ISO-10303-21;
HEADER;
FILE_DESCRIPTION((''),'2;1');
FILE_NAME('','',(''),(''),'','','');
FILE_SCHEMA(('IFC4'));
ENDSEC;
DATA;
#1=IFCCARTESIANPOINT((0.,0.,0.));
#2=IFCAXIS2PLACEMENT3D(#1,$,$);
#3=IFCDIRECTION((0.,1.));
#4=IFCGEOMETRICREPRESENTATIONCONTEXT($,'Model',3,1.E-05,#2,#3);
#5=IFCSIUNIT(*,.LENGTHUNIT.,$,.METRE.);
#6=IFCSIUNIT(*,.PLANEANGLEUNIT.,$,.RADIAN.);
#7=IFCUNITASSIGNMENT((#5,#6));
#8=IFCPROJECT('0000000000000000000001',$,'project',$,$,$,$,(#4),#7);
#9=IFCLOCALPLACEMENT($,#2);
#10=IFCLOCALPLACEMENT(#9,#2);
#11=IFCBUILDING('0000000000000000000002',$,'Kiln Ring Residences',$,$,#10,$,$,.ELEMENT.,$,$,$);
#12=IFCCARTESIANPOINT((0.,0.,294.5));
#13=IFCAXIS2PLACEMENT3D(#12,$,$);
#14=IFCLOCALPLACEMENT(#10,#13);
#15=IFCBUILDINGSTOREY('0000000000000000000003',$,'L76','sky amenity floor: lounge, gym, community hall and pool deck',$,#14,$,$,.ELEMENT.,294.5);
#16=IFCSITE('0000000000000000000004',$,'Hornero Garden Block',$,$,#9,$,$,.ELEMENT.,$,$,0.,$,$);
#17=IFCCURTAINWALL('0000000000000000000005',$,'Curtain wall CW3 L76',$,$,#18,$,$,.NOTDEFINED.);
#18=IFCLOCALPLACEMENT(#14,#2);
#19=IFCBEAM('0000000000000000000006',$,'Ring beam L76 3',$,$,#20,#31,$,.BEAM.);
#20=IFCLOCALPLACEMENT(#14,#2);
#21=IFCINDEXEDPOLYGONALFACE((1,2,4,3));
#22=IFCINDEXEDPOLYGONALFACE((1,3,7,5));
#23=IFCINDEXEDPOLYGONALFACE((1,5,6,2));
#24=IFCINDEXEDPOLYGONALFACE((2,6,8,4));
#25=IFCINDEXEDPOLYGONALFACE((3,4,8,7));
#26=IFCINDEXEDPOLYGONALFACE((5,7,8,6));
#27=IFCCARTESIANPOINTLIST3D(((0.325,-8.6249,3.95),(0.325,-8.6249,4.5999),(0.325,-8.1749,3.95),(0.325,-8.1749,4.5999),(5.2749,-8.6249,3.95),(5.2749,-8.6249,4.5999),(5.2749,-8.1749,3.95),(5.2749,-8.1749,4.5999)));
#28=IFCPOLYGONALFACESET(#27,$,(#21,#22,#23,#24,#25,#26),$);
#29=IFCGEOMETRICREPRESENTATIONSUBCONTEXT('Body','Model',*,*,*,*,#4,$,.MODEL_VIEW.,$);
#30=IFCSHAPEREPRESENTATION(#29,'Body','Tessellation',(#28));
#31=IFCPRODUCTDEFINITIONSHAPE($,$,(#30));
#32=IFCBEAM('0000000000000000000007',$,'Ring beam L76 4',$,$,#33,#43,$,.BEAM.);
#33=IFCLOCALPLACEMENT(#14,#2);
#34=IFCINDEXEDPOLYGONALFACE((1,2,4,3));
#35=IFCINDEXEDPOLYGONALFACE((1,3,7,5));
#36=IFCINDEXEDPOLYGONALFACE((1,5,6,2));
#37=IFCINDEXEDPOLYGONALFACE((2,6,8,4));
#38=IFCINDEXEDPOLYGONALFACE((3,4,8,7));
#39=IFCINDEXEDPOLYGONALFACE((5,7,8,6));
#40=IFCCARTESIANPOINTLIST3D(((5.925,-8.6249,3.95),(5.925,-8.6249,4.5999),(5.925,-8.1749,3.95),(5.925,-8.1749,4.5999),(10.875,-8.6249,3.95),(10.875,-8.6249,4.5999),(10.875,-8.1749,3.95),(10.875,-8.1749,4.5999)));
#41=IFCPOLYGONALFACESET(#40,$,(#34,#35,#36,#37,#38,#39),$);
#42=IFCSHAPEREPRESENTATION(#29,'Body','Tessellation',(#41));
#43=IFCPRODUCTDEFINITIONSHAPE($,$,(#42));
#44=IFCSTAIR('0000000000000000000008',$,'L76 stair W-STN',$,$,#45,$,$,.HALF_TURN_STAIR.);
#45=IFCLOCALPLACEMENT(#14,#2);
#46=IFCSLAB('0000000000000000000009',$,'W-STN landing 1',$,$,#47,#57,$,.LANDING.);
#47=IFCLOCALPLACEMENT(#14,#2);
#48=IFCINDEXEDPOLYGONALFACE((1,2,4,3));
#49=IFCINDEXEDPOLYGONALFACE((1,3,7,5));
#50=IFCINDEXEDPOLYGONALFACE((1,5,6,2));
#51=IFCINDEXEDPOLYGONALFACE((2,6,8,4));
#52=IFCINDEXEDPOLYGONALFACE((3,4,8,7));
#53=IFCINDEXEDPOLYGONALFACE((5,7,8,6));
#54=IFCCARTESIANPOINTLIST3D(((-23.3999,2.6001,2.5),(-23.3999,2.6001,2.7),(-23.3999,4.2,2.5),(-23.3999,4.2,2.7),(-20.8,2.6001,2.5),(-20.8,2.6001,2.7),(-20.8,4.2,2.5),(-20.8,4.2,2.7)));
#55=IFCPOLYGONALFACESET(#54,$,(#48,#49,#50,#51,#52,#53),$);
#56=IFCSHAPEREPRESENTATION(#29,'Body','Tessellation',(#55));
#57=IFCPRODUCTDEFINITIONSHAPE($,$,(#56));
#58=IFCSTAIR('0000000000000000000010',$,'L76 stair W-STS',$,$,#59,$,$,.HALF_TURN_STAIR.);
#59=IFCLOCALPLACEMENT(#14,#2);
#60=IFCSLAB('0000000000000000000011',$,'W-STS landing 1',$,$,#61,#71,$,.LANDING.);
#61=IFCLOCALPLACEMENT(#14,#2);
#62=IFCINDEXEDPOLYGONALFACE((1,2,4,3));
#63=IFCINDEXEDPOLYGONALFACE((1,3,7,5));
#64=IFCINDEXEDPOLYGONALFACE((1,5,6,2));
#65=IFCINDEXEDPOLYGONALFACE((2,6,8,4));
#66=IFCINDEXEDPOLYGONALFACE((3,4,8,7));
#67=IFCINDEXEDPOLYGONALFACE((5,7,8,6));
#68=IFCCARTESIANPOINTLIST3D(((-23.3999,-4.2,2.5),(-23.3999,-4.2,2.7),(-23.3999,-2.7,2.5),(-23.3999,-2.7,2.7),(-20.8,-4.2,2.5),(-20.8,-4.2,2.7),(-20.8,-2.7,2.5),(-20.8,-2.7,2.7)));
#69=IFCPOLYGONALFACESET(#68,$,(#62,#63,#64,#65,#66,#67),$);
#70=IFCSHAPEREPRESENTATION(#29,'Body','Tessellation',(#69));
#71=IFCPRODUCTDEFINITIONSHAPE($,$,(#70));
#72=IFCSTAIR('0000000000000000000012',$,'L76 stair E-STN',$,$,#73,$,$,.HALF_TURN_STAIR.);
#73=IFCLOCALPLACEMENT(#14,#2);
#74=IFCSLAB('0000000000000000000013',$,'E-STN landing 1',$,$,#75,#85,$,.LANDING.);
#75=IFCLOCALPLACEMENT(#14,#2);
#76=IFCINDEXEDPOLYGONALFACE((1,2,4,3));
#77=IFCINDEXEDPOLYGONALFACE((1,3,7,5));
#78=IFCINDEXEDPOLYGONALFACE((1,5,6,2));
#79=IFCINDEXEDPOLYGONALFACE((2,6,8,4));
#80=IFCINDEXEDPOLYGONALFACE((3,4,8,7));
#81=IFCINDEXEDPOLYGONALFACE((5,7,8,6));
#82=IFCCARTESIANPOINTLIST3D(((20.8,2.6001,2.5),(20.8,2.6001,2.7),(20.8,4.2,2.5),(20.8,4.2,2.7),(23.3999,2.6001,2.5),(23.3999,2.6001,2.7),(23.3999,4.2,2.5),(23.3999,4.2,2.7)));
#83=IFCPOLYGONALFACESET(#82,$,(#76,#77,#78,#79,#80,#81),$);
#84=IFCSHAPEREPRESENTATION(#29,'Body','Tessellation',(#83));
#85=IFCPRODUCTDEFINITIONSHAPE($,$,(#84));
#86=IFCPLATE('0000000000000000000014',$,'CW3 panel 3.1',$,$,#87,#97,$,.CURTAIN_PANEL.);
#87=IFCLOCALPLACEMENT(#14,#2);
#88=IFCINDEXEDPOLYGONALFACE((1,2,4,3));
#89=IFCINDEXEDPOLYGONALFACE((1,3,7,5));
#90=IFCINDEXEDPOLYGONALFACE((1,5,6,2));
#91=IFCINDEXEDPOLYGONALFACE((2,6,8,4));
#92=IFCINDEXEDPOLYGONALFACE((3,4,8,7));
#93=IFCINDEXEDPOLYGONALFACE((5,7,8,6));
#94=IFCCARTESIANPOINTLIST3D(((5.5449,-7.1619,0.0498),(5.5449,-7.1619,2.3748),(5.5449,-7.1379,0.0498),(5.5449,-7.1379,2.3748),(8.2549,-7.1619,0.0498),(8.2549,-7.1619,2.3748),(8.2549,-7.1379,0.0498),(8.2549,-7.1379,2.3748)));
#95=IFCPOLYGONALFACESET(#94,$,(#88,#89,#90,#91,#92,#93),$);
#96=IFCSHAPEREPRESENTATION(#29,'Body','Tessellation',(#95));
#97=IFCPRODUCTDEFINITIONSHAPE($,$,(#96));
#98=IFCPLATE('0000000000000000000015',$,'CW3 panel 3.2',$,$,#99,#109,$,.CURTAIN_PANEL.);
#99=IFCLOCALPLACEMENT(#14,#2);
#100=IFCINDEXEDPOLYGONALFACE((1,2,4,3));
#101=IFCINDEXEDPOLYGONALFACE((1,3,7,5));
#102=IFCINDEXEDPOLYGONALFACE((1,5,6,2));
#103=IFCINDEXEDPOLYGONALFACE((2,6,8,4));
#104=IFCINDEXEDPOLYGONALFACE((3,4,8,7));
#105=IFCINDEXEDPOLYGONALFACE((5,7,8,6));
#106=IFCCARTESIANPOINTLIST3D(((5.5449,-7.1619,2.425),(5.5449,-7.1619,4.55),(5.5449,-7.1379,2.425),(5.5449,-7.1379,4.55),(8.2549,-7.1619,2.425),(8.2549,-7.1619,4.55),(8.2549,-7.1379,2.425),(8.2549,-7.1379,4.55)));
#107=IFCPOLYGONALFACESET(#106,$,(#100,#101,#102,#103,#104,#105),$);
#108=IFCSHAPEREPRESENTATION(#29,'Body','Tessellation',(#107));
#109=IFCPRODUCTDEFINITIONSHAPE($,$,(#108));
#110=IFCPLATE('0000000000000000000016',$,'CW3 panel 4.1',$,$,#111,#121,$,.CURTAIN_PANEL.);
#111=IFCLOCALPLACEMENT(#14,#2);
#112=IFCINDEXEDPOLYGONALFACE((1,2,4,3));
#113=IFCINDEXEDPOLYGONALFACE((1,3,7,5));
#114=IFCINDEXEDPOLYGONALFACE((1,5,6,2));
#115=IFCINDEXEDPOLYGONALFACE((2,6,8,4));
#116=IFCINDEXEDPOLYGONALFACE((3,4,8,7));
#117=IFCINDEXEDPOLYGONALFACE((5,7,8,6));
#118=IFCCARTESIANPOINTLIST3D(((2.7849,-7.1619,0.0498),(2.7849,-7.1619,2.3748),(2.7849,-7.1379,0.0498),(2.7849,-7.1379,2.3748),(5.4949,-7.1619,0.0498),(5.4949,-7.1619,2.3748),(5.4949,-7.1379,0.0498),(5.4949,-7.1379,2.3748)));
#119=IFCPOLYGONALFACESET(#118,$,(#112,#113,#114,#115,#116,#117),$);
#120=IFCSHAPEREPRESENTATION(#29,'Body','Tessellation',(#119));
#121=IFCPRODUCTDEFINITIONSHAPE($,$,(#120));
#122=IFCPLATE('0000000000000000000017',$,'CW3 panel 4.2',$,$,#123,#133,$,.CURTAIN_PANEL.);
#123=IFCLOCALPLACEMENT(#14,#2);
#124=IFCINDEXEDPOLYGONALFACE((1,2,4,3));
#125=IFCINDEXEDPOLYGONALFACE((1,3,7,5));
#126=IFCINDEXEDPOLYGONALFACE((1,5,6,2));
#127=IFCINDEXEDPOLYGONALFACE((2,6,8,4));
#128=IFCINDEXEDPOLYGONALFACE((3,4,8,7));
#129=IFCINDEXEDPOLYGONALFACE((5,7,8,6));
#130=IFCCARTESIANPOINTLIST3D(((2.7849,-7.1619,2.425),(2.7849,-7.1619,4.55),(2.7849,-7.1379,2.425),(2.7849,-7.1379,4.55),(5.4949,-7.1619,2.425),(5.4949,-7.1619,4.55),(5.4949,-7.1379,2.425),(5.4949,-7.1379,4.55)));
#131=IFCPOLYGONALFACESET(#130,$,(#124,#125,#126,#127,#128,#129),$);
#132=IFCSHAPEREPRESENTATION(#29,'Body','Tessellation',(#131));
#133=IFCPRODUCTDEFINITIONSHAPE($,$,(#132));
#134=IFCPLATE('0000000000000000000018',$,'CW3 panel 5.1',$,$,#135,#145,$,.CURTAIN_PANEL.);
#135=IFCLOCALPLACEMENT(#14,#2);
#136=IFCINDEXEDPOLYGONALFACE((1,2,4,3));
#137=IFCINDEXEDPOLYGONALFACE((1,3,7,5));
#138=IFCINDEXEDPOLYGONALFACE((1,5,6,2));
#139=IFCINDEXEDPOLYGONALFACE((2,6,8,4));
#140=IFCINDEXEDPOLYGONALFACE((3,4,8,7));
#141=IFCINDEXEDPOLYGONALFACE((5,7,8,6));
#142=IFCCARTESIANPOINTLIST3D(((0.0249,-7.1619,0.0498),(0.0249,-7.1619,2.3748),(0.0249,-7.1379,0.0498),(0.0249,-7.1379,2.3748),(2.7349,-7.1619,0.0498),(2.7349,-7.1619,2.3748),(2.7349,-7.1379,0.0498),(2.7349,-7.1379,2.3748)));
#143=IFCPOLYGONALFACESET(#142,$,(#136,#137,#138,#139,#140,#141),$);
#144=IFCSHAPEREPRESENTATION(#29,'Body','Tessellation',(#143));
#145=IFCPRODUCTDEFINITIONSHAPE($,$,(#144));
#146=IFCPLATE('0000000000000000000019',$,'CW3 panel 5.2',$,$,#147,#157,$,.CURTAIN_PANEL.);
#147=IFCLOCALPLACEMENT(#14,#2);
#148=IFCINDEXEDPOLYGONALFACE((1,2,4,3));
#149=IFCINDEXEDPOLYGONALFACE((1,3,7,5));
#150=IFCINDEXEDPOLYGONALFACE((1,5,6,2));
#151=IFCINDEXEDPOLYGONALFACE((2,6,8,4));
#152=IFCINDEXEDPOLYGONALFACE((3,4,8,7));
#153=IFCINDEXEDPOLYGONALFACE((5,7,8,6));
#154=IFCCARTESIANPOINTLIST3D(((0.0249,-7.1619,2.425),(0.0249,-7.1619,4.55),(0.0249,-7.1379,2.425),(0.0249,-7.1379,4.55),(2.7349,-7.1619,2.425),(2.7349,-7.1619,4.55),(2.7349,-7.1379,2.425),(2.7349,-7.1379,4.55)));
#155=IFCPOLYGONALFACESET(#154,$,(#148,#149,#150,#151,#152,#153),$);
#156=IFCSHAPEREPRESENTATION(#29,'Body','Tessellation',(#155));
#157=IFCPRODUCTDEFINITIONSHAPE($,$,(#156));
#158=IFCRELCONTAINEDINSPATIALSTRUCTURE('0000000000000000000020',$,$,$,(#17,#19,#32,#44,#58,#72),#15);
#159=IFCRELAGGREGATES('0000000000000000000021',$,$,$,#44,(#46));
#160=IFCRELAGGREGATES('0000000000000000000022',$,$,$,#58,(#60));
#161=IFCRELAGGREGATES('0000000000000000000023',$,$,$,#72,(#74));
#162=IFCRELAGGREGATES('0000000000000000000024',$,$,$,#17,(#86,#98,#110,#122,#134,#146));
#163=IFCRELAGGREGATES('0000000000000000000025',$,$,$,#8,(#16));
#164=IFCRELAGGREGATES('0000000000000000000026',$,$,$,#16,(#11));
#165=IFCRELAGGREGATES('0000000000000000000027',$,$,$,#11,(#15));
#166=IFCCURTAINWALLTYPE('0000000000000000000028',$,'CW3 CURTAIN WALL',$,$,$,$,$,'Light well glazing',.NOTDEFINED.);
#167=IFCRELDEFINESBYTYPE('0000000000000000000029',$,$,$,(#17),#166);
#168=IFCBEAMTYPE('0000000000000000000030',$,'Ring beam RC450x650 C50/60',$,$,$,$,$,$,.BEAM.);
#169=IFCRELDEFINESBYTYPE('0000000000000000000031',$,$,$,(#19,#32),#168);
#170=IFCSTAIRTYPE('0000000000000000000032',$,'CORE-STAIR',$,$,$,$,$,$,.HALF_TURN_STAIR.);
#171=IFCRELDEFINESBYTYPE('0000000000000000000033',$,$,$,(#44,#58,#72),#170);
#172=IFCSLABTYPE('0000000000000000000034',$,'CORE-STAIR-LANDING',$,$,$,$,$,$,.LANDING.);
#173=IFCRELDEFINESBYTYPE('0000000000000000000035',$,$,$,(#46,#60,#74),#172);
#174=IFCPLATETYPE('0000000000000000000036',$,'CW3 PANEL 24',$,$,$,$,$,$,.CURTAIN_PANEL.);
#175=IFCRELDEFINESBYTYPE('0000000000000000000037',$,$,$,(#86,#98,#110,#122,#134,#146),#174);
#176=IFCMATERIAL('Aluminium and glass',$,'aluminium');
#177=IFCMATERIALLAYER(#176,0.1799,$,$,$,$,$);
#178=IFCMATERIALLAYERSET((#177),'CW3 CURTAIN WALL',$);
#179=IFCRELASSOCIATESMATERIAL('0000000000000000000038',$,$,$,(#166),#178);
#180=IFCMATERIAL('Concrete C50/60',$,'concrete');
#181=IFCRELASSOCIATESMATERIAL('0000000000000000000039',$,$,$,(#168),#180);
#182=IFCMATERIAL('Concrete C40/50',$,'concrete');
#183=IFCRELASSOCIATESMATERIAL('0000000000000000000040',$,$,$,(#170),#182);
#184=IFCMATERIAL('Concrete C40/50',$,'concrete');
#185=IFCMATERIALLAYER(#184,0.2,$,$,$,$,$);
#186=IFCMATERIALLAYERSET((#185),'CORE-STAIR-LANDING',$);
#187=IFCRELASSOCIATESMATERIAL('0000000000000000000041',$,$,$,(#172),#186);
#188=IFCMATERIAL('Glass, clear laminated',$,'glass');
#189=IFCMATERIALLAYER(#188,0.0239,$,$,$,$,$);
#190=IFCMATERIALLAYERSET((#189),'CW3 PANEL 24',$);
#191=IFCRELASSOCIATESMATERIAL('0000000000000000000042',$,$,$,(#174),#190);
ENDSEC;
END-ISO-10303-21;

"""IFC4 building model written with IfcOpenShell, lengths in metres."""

from ifc_helpers import new_model, si_unit, direction, frame, origin, origin_2d, place, context, subcontext, project, spatial, polyline, rectangle, outline, extrude, material, layer, layer_set, material_profile, profile_set, type_object, element, aggregate, save


model = new_model("IFC4")

# Units and contexts
model_context = context("Model", 3, precision=1e-05, world=origin(), true_north=direction((0.0, 1.0)))
body_context = subcontext(model_context, "Body", "Model", "MODEL_VIEW")
ifc_project = project(units=[si_unit("LENGTHUNIT", "METRE"), si_unit("PLANEANGLEUNIT", "RADIAN")], contexts=[model_context])

# Site, building, storey
site_placement = place(None, origin())
site = spatial("IfcSite", under=ifc_project, at=site_placement, Name="Hornero Garden Block", CompositionType="ELEMENT", RefElevation=0.0)
building_placement = place(site_placement, origin())
building = spatial("IfcBuilding", under=site, at=building_placement, Name="Kiln Ring Residences", CompositionType="ELEMENT")
storey_placement = place(building_placement, frame((0.0, 0.0, 294.5)))
storey = spatial("IfcBuildingStorey", under=building, at=storey_placement, Name="L76", Description="sky amenity floor: lounge, gym, community hall and pool deck", CompositionType="ELEMENT", Elevation=294.5)

# Curtain wall
ifc_material_1 = material(Name="Aluminium and glass", Category="aluminium")
ifc_layer_1 = layer(ifc_material_1, 0.1799)
ifc_layer_set_1 = layer_set([ifc_layer_1], Name="CW3 CURTAIN WALL")
curtain_wall_type = type_object("IfcCurtainWallType", Name="CW3 CURTAIN WALL", ElementType="Light well glazing", PredefinedType="NOTDEFINED", material=ifc_layer_set_1)
placement_1 = place(storey_placement, origin())
curtain_wall = element("IfcCurtainWall", 1, at=placement_1, inside=storey, type_object=curtain_wall_type, Name="Curtain wall CW3 L76", PredefinedType="NOTDEFINED")

# Beams
ifc_material_2 = material(Name="Concrete C50/60", Category="concrete")
ifc_material_profile_1 = material_profile(ifc_material_2, rectangle(XDim=0.45, YDim=0.6499, at=origin_2d()), Name="RC450x650")
ifc_profile_set_1 = profile_set([ifc_material_profile_1], Name="Concrete C50/60")
beam_type = type_object("IfcBeamType", Name="Ring beam RC450x650 C50/60", PredefinedType="BEAM", material=ifc_profile_set_1)
for number, where, z_axis, x_axis, name in (
    (2, (0.325, -8.3999, 4.2749), (1.0, 0.0, 0.0), (0.0, 1.0, 0.0), "Ring beam L76 3"),
    (3, (5.925, -8.3999, 4.2749), (1.0, 0.0, 0.0), (0.0, 1.0, 0.0), "Ring beam L76 4"),
):
    element("IfcBeam", number, at=place(storey_placement, frame(where, z_axis=z_axis, x_axis=x_axis)), inside=storey, type_object=beam_type, Name=name, PredefinedType="BEAM", context=body_context, shape_type="SweptSolid", body=[
        extrude(rectangle(XDim=0.45, YDim=0.6499, at=origin_2d()), origin(), (0.0, 0.0, 1.0), 4.95),
    ])

# Stairs, slabs
ifc_material_3 = material(Name="Concrete C40/50", Category="concrete")
stair_type = type_object("IfcStairType", Name="CORE-STAIR", PredefinedType="HALF_TURN_STAIR", material=ifc_material_3)
stair_1 = element("IfcStair", 4, at=placement_1, inside=storey, type_object=stair_type, Name="L76 stair W-STN", PredefinedType="HALF_TURN_STAIR")
ifc_material_4 = material(Name="Concrete C40/50", Category="concrete")
ifc_layer_2 = layer(ifc_material_4, 0.2)
ifc_layer_set_2 = layer_set([ifc_layer_2], Name="CORE-STAIR-LANDING")
slab_type = type_object("IfcSlabType", Name="CORE-STAIR-LANDING", PredefinedType="LANDING", material=ifc_layer_set_2)
placement_2 = place(storey_placement, frame((0.0, 0.0, 2.5)))
slab_1 = element("IfcSlab", 5, at=placement_2, type_object=slab_type, Name="W-STN landing 1", PredefinedType="LANDING", context=body_context, shape_type="SweptSolid", body=[
    extrude(outline(polyline([(-23.3999, 4.2), (-23.3999, 2.6001), (-20.8, 2.6001), (-20.8, 4.2), (-23.3999, 4.2)])), origin(), (0.0, 0.0, 1.0), 0.2),
])
aggregate(stair_1, [slab_1])
stair_2 = element("IfcStair", 6, at=placement_1, inside=storey, type_object=stair_type, Name="L76 stair W-STS", PredefinedType="HALF_TURN_STAIR")
slab_2 = element("IfcSlab", 7, at=placement_2, type_object=slab_type, Name="W-STS landing 1", PredefinedType="LANDING", context=body_context, shape_type="SweptSolid", body=[
    extrude(outline(polyline([(-20.8, -4.2), (-20.8, -2.7), (-23.3999, -2.7), (-23.3999, -4.2), (-20.8, -4.2)])), origin(), (0.0, 0.0, 1.0), 0.2),
])
aggregate(stair_2, [slab_2])
stair_3 = element("IfcStair", 8, at=placement_1, inside=storey, type_object=stair_type, Name="L76 stair E-STN", PredefinedType="HALF_TURN_STAIR")
slab_3 = element("IfcSlab", 9, at=placement_2, type_object=slab_type, Name="E-STN landing 1", PredefinedType="LANDING", context=body_context, shape_type="SweptSolid", body=[
    extrude(outline(polyline([(20.8, 4.2), (20.8, 2.6001), (23.3999, 2.6001), (23.3999, 4.2), (20.8, 4.2)])), origin(), (0.0, 0.0, 1.0), 0.2),
])
aggregate(stair_3, [slab_3])

# Plates
ifc_material_5 = material(Name="Glass, clear laminated", Category="glass")
ifc_layer_3 = layer(ifc_material_5, 0.0239)
ifc_layer_set_3 = layer_set([ifc_layer_3], Name="CW3 PANEL 24")
plate_type = type_object("IfcPlateType", Name="CW3 PANEL 24", PredefinedType="CURTAIN_PANEL", material=ifc_layer_set_3)
plate_1_placement = place(storey_placement, frame((6.8999, -7.1499, 0.0498), z_axis=(0.0, 0.0, 1.0), x_axis=(-1.0, 0.0, 0.0)))
plate_1 = element("IfcPlate", 10, at=plate_1_placement, type_object=plate_type, Name="CW3 panel 3.1", PredefinedType="CURTAIN_PANEL", context=body_context, shape_type="SweptSolid", body=[
    extrude(rectangle(XDim=2.71, YDim=0.0239, at=origin_2d()), origin(), (0.0, 0.0, 1.0), 2.325),
])
plate_2_placement = place(storey_placement, frame((6.8999, -7.1499, 2.425), z_axis=(0.0, 0.0, 1.0), x_axis=(-1.0, 0.0, 0.0)))
plate_2 = element("IfcPlate", 11, at=plate_2_placement, type_object=plate_type, Name="CW3 panel 3.2", PredefinedType="CURTAIN_PANEL", context=body_context, shape_type="SweptSolid", body=[
    extrude(rectangle(XDim=2.71, YDim=0.0239, at=origin_2d()), origin(), (0.0, 0.0, 1.0), 2.125),
])
plate_3_placement = place(storey_placement, frame((4.1399, -7.1499, 0.0498), z_axis=(0.0, 0.0, 1.0), x_axis=(-1.0, 0.0, 0.0)))
plate_3 = element("IfcPlate", 12, at=plate_3_placement, type_object=plate_type, Name="CW3 panel 4.1", PredefinedType="CURTAIN_PANEL", context=body_context, shape_type="SweptSolid", body=[
    extrude(rectangle(XDim=2.71, YDim=0.0239, at=origin_2d()), origin(), (0.0, 0.0, 1.0), 2.325),
])
plate_4_placement = place(storey_placement, frame((4.1399, -7.1499, 2.425), z_axis=(0.0, 0.0, 1.0), x_axis=(-1.0, 0.0, 0.0)))
plate_4 = element("IfcPlate", 13, at=plate_4_placement, type_object=plate_type, Name="CW3 panel 4.2", PredefinedType="CURTAIN_PANEL", context=body_context, shape_type="SweptSolid", body=[
    extrude(rectangle(XDim=2.71, YDim=0.0239, at=origin_2d()), origin(), (0.0, 0.0, 1.0), 2.125),
])
plate_5_placement = place(storey_placement, frame((1.3799, -7.1499, 0.0498), z_axis=(0.0, 0.0, 1.0), x_axis=(-1.0, 0.0, 0.0)))
plate_5 = element("IfcPlate", 14, at=plate_5_placement, type_object=plate_type, Name="CW3 panel 5.1", PredefinedType="CURTAIN_PANEL", context=body_context, shape_type="SweptSolid", body=[
    extrude(rectangle(XDim=2.71, YDim=0.0239, at=origin_2d()), origin(), (0.0, 0.0, 1.0), 2.325),
])
plate_6_placement = place(storey_placement, frame((1.3799, -7.1499, 2.425), z_axis=(0.0, 0.0, 1.0), x_axis=(-1.0, 0.0, 0.0)))
plate_6 = element("IfcPlate", 15, at=plate_6_placement, type_object=plate_type, Name="CW3 panel 5.2", PredefinedType="CURTAIN_PANEL", context=body_context, shape_type="SweptSolid", body=[
    extrude(rectangle(XDim=2.71, YDim=0.0239, at=origin_2d()), origin(), (0.0, 0.0, 1.0), 2.125),
])
aggregate(curtain_wall, [plate_1, plate_2, plate_3, plate_4, plate_5, plate_6])

save(model, "model.ifc")
